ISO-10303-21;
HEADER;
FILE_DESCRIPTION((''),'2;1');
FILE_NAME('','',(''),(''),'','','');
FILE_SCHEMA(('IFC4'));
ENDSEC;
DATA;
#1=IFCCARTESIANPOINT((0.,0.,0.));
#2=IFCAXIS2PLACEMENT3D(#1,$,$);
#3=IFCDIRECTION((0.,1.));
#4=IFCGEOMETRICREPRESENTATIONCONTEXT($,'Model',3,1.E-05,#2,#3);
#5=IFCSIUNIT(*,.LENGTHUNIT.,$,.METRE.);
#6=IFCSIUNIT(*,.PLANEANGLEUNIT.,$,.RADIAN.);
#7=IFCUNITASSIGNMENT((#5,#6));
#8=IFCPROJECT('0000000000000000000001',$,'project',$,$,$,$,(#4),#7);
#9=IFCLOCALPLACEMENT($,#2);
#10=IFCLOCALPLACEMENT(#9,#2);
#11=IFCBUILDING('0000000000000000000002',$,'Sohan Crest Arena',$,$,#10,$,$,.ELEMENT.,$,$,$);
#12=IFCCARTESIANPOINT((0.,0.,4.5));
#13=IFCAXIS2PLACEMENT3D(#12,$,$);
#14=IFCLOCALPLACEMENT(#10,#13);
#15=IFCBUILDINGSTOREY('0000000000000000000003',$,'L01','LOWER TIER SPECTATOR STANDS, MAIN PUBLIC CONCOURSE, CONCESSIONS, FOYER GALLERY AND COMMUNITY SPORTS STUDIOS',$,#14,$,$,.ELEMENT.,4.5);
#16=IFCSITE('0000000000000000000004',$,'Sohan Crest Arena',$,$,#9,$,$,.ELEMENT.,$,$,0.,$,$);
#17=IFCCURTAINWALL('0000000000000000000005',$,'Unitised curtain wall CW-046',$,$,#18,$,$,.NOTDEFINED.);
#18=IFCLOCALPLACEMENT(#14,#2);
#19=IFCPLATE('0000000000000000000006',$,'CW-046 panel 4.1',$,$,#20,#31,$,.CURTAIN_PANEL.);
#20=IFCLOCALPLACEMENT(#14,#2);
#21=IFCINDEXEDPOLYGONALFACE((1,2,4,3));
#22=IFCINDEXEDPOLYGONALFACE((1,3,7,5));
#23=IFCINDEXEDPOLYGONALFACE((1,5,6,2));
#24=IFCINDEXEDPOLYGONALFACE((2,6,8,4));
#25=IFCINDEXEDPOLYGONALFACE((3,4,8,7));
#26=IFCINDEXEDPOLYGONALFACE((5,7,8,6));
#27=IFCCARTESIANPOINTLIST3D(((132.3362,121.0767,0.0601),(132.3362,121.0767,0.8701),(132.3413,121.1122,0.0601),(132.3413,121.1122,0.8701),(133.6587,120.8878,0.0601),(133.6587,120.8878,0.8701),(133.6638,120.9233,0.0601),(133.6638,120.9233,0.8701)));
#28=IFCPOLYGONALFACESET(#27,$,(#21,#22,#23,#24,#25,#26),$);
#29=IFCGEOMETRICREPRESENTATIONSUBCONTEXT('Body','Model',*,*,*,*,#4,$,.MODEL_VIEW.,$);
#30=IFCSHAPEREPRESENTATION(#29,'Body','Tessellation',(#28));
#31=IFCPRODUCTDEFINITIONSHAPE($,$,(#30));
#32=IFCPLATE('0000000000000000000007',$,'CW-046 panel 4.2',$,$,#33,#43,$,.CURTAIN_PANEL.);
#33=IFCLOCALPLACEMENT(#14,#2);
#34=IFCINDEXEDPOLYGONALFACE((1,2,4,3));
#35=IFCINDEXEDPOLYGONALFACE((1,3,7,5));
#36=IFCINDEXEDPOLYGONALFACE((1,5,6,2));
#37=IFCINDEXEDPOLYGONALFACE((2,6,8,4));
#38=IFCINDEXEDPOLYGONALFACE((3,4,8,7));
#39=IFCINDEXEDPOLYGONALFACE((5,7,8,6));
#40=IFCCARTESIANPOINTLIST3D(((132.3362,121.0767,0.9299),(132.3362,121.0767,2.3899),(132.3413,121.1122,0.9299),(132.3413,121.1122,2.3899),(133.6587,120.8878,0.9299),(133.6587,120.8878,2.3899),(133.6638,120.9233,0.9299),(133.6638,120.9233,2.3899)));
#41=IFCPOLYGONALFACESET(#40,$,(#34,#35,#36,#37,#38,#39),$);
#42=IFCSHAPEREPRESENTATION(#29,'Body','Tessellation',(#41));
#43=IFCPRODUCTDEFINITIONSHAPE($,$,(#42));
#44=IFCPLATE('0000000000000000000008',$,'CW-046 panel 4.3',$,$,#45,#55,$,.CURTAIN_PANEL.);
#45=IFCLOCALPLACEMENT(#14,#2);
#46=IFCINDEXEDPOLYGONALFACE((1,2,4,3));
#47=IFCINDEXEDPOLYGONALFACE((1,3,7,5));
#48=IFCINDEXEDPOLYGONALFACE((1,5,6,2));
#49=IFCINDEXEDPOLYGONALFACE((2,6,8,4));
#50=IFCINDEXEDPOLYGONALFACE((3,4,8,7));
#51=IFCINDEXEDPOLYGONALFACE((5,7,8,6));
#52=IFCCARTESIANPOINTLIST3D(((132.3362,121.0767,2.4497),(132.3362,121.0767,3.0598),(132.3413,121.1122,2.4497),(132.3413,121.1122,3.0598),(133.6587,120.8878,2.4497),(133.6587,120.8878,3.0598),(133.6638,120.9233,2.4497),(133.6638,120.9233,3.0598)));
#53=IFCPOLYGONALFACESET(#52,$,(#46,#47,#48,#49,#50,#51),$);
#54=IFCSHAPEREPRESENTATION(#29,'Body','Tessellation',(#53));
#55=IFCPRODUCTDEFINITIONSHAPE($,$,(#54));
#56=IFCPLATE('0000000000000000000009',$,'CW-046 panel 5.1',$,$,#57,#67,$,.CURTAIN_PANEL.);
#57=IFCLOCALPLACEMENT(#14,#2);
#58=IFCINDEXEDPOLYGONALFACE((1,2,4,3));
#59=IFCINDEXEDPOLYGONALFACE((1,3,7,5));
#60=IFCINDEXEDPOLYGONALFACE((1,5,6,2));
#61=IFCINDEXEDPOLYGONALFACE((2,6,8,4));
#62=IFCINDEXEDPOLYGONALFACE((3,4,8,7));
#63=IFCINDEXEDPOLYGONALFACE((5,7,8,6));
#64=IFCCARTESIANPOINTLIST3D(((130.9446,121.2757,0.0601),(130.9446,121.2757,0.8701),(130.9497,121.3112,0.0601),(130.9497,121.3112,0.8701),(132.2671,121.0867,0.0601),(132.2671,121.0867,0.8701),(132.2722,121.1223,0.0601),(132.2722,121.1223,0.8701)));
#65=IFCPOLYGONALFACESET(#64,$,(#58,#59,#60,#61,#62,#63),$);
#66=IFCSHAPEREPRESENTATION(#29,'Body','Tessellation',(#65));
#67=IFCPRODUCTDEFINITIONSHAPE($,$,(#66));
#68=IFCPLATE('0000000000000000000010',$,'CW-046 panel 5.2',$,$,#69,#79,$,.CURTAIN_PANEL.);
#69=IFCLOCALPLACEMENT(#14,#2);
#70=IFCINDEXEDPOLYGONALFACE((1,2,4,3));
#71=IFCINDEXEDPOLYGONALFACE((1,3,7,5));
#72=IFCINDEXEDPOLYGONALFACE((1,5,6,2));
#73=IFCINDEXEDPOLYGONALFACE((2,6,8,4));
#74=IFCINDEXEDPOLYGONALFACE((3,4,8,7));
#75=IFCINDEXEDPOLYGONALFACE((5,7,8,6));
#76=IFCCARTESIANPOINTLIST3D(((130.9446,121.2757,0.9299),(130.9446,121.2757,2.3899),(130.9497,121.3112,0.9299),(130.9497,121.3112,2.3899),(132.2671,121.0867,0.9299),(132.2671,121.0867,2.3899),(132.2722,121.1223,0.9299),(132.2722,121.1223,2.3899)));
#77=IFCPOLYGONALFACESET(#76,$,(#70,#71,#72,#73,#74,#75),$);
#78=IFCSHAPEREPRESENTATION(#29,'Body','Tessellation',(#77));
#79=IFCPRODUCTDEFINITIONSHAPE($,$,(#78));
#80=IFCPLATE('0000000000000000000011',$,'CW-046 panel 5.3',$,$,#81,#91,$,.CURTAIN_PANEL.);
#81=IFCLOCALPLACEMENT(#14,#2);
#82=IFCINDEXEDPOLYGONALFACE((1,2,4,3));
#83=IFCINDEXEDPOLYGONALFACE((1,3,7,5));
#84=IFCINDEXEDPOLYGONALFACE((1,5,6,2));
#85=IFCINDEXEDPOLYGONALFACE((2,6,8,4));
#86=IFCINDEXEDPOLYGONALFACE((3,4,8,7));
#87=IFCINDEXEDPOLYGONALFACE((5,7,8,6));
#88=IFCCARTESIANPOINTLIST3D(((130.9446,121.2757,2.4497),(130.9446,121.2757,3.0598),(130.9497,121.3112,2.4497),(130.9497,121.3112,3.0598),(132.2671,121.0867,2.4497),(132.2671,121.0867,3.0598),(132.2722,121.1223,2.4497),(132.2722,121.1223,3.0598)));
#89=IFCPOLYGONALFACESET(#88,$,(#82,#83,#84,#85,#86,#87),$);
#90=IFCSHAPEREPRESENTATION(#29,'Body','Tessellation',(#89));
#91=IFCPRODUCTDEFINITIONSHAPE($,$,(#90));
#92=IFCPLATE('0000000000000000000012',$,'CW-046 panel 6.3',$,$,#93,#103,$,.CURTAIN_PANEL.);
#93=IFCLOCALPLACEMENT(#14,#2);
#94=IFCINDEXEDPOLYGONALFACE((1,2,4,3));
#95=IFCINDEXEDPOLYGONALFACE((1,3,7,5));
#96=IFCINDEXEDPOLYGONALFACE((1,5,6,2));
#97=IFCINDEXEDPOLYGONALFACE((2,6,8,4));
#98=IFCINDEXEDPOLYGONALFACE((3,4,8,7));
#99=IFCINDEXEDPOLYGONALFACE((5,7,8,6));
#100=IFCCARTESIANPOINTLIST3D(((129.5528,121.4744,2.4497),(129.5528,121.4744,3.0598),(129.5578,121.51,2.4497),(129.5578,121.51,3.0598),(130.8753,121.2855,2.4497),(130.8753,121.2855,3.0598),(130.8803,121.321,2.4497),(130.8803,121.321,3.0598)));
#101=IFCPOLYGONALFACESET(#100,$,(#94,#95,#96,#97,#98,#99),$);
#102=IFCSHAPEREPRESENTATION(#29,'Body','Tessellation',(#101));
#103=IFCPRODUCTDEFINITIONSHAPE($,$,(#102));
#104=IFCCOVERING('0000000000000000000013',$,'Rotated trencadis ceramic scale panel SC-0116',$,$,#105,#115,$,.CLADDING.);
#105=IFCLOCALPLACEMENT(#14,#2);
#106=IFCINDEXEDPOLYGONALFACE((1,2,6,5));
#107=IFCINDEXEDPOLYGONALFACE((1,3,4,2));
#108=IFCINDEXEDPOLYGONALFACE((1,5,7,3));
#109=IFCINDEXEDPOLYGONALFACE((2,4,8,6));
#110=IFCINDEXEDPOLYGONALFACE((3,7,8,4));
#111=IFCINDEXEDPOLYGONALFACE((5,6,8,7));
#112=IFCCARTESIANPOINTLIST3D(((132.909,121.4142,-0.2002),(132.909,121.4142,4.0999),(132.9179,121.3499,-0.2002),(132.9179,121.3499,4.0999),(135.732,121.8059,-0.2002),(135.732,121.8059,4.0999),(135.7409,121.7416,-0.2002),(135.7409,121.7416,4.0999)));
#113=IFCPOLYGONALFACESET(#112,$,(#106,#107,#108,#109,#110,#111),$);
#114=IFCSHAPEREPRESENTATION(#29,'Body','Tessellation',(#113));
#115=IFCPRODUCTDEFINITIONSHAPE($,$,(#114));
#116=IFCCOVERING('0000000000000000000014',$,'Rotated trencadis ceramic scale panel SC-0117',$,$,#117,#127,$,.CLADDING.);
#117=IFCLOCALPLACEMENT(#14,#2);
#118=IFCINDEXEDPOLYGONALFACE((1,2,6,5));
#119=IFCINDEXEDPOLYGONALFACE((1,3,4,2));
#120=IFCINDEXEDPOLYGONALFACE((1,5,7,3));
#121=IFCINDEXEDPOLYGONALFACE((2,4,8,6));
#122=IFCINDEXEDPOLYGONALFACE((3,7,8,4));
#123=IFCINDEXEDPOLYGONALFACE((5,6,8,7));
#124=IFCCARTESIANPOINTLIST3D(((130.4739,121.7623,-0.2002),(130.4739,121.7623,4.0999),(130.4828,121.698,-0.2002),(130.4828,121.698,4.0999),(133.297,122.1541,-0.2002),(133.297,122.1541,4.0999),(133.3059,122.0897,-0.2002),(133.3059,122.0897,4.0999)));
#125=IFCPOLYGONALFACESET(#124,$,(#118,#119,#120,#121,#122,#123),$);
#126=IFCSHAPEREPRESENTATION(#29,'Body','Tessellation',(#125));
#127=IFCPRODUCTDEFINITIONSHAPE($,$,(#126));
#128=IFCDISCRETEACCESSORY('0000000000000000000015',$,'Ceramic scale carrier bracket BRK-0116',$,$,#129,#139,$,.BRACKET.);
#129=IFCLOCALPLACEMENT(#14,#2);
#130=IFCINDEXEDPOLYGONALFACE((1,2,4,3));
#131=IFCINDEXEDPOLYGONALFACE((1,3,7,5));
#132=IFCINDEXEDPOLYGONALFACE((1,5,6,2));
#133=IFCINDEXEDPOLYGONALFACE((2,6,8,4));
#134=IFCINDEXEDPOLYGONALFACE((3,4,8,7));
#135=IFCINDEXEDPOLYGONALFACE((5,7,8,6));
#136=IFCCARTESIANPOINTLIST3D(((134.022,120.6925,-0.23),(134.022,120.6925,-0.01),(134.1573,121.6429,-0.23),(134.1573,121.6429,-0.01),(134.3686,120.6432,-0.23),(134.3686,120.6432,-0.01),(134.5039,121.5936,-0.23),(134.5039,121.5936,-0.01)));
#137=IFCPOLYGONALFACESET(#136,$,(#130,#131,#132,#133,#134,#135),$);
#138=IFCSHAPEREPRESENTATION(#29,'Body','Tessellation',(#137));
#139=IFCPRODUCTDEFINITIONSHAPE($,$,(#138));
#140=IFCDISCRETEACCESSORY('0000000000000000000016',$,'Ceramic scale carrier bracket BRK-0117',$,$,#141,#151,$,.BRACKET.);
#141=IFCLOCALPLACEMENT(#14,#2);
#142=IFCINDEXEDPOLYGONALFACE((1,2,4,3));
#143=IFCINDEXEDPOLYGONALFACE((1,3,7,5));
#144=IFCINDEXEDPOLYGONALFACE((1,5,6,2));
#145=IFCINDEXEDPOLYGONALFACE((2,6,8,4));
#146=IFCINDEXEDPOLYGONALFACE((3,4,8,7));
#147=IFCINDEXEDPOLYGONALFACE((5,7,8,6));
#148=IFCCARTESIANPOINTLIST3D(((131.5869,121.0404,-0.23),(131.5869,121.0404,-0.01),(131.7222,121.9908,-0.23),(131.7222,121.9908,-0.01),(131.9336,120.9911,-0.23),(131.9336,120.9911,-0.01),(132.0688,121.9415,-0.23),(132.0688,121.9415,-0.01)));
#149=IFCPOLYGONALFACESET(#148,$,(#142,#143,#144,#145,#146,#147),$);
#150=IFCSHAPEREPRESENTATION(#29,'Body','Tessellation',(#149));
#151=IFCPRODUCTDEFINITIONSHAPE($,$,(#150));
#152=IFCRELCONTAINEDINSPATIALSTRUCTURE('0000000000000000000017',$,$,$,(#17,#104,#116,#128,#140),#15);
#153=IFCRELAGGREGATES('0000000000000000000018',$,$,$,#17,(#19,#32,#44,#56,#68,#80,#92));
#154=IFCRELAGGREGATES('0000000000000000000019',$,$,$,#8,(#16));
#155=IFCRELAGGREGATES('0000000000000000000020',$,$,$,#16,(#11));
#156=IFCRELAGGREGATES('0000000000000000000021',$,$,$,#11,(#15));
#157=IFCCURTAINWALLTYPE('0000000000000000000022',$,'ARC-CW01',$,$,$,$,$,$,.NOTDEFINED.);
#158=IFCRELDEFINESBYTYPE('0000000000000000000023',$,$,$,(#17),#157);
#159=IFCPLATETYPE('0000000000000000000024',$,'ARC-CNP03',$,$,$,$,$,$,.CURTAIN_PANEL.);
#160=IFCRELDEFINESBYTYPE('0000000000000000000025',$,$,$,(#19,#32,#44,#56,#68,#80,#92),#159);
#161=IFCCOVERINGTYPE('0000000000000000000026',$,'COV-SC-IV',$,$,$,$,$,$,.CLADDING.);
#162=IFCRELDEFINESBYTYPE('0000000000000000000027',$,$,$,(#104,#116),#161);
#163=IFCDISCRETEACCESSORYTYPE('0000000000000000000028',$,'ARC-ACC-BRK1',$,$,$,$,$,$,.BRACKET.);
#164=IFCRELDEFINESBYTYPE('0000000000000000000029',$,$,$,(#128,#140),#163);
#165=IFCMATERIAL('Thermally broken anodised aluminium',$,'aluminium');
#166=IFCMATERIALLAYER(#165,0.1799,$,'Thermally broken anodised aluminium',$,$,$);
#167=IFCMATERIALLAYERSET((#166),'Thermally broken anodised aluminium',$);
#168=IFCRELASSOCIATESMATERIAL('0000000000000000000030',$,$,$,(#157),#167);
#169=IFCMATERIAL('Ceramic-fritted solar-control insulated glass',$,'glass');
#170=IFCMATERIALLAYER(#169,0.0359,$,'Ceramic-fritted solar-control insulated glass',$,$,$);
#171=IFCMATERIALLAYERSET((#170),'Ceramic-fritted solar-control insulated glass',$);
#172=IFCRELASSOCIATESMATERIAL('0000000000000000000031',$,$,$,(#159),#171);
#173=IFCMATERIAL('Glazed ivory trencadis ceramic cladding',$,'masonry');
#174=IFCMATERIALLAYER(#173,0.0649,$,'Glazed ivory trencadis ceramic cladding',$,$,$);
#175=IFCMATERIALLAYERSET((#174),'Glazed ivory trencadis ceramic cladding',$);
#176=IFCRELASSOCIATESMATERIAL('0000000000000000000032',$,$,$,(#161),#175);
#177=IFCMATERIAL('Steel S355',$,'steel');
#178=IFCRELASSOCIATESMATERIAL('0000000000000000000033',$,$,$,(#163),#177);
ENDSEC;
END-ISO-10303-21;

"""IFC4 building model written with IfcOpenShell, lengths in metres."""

from ifc_helpers import new_model, si_unit, direction, frame, origin, origin_2d, place, context, subcontext, project, spatial, rectangle, extrude, material, layer, layer_set, type_object, element, aggregate, save


model = new_model("IFC4")

# Units and contexts
model_context = context("Model", 3, precision=1e-05, world=origin(), true_north=direction((0.0, 1.0)))
body_context = subcontext(model_context, "Body", "Model", "MODEL_VIEW")
ifc_project = project(units=[si_unit("LENGTHUNIT", "METRE"), si_unit("PLANEANGLEUNIT", "RADIAN")], contexts=[model_context])

# Site, building, storey
site_placement = place(None, origin())
site = spatial("IfcSite", under=ifc_project, at=site_placement, Name="Sohan Crest Arena", CompositionType="ELEMENT", RefElevation=0.0)
building_placement = place(site_placement, origin())
building = spatial("IfcBuilding", under=site, at=building_placement, Name="Sohan Crest Arena", CompositionType="ELEMENT")
storey_placement = place(building_placement, frame((0.0, 0.0, 4.5)))
storey = spatial("IfcBuildingStorey", under=building, at=storey_placement, Name="L01", Description="LOWER TIER SPECTATOR STANDS, MAIN PUBLIC CONCOURSE, CONCESSIONS, FOYER GALLERY AND COMMUNITY SPORTS STUDIOS", CompositionType="ELEMENT", Elevation=4.5)

# Curtain wall, plates
ifc_material_1 = material(Name="Thermally broken anodised aluminium", Category="aluminium")
ifc_layer_1 = layer(ifc_material_1, 0.1799, Name="Thermally broken anodised aluminium")
ifc_layer_set_1 = layer_set([ifc_layer_1], Name="Thermally broken anodised aluminium")
curtain_wall_type = type_object("IfcCurtainWallType", Name="ARC-CW01", PredefinedType="NOTDEFINED", material=ifc_layer_set_1)
curtain_wall_placement = place(storey_placement, origin())
curtain_wall = element("IfcCurtainWall", 1, at=curtain_wall_placement, inside=storey, type_object=curtain_wall_type, Name="Unitised curtain wall CW-046", PredefinedType="NOTDEFINED")
ifc_material_2 = material(Name="Ceramic-fritted solar-control insulated glass", Category="glass")
ifc_layer_2 = layer(ifc_material_2, 0.0359, Name="Ceramic-fritted solar-control insulated glass")
ifc_layer_set_2 = layer_set([ifc_layer_2], Name="Ceramic-fritted solar-control insulated glass")
plate_type = type_object("IfcPlateType", Name="ARC-CNP03", PredefinedType="CURTAIN_PANEL", material=ifc_layer_set_2)
plate_1_placement = place(storey_placement, frame((133.0, 121.0, 0.0601), z_axis=(0.0, 0.0, 1.0), x_axis=(-0.989945, 0.14145, 0.0)))
plate_1 = element("IfcPlate", 2, at=plate_1_placement, type_object=plate_type, Name="CW-046 panel 4.1", PredefinedType="CURTAIN_PANEL", context=body_context, shape_type="SweptSolid", body=[
    extrude(rectangle(XDim=1.3359, YDim=0.0359, at=origin_2d()), origin(), (0.0, 0.0, 1.0), 0.8101),
])
plate_2_placement = place(storey_placement, frame((133.0, 121.0, 0.9299), z_axis=(0.0, 0.0, 1.0), x_axis=(-0.989945, 0.14145, 0.0)))
plate_2 = element("IfcPlate", 3, at=plate_2_placement, type_object=plate_type, Name="CW-046 panel 4.2", PredefinedType="CURTAIN_PANEL", context=body_context, shape_type="SweptSolid", body=[
    extrude(rectangle(XDim=1.3359, YDim=0.0359, at=origin_2d()), origin(), (0.0, 0.0, 1.0), 1.46),
])
plate_3_placement = place(storey_placement, frame((133.0, 121.0, 2.4497), z_axis=(0.0, 0.0, 1.0), x_axis=(-0.989945, 0.14145, 0.0)))
plate_3 = element("IfcPlate", 4, at=plate_3_placement, type_object=plate_type, Name="CW-046 panel 4.3", PredefinedType="CURTAIN_PANEL", context=body_context, shape_type="SweptSolid", body=[
    extrude(rectangle(XDim=1.3359, YDim=0.0359, at=origin_2d()), origin(), (0.0, 0.0, 1.0), 0.6101),
])
plate_4_placement = place(storey_placement, frame((131.6084, 121.199, 0.0601), z_axis=(0.0, 0.0, 1.0), x_axis=(-0.989945, 0.14145, 0.0)))
plate_4 = element("IfcPlate", 5, at=plate_4_placement, type_object=plate_type, Name="CW-046 panel 5.1", PredefinedType="CURTAIN_PANEL", context=body_context, shape_type="SweptSolid", body=[
    extrude(rectangle(XDim=1.3359, YDim=0.0359, at=origin_2d()), origin(), (0.0, 0.0, 1.0), 0.8101),
])
plate_5_placement = place(storey_placement, frame((131.6084, 121.199, 0.9299), z_axis=(0.0, 0.0, 1.0), x_axis=(-0.989945, 0.14145, 0.0)))
plate_5 = element("IfcPlate", 6, at=plate_5_placement, type_object=plate_type, Name="CW-046 panel 5.2", PredefinedType="CURTAIN_PANEL", context=body_context, shape_type="SweptSolid", body=[
    extrude(rectangle(XDim=1.3359, YDim=0.0359, at=origin_2d()), origin(), (0.0, 0.0, 1.0), 1.46),
])
plate_6_placement = place(storey_placement, frame((131.6084, 121.199, 2.4497), z_axis=(0.0, 0.0, 1.0), x_axis=(-0.989945, 0.14145, 0.0)))
plate_6 = element("IfcPlate", 7, at=plate_6_placement, type_object=plate_type, Name="CW-046 panel 5.3", PredefinedType="CURTAIN_PANEL", context=body_context, shape_type="SweptSolid", body=[
    extrude(rectangle(XDim=1.3359, YDim=0.0359, at=origin_2d()), origin(), (0.0, 0.0, 1.0), 0.6101),
])
plate_7_placement = place(storey_placement, frame((130.2166, 121.3977, 2.4497), z_axis=(0.0, 0.0, 1.0), x_axis=(-0.989945, 0.14145, 0.0)))
plate_7 = element("IfcPlate", 8, at=plate_7_placement, type_object=plate_type, Name="CW-046 panel 6.3", PredefinedType="CURTAIN_PANEL", context=body_context, shape_type="SweptSolid", body=[
    extrude(rectangle(XDim=1.3359, YDim=0.0359, at=origin_2d()), origin(), (0.0, 0.0, 1.0), 0.6101),
])
aggregate(curtain_wall, [plate_1, plate_2, plate_3, plate_4, plate_5, plate_6, plate_7])

# Coverings
ifc_material_3 = material(Name="Glazed ivory trencadis ceramic cladding", Category="masonry")
ifc_layer_3 = layer(ifc_material_3, 0.0649, Name="Glazed ivory trencadis ceramic cladding")
ifc_layer_set_3 = layer_set([ifc_layer_3], Name="Glazed ivory trencadis ceramic cladding")
covering_type = type_object("IfcCoveringType", Name="COV-SC-IV", PredefinedType="CLADDING", material=ifc_layer_set_3)
for number, where, z_axis, x_axis, name in (
    (9, (134.325, 121.5779, -0.2002), (0.0, 0.0, 1.0), (-0.990509, -0.137445, 0.0), "Rotated trencadis ceramic scale panel SC-0116"),
    (10, (131.8899, 121.926, -0.2002), (0.0, 0.0, 1.0), (-0.990509, -0.137445, 0.0), "Rotated trencadis ceramic scale panel SC-0117"),
):
    element("IfcCovering", number, at=place(storey_placement, frame(where, z_axis=z_axis, x_axis=x_axis)), inside=storey, type_object=covering_type, Name=name, PredefinedType="CLADDING", context=body_context, shape_type="SweptSolid", body=[
        extrude(rectangle(XDim=2.8501, YDim=0.0649, at=origin_2d()), origin(), (0.0, 0.0, 1.0), 4.3),
    ])

# Discrete accessories
ifc_material_4 = material(Name="Steel S355", Category="steel")
discrete_accessory_type = type_object("IfcDiscreteAccessoryType", Name="ARC-ACC-BRK1", PredefinedType="BRACKET", material=ifc_material_4)
for number, where, z_axis, x_axis, name in (
    (11, (134.2629, 121.1431, -0.23), (0.0, 0.0, 1.0), (-0.990024, 0.140901, 0.0), "Ceramic scale carrier bracket BRK-0116"),
    (12, (131.8279, 121.491, -0.23), (0.0, 0.0, 1.0), (-0.990024, 0.140901, 0.0), "Ceramic scale carrier bracket BRK-0117"),
):
    element("IfcDiscreteAccessory", number, at=place(storey_placement, frame(where, z_axis=z_axis, x_axis=x_axis)), inside=storey, type_object=discrete_accessory_type, Name=name, PredefinedType="BRACKET", context=body_context, shape_type="SweptSolid", body=[
        extrude(rectangle(XDim=0.3501, YDim=0.96, at=origin_2d()), origin(), (0.0, 0.0, 1.0), 0.22),
    ])

save(model, "model.ifc")
